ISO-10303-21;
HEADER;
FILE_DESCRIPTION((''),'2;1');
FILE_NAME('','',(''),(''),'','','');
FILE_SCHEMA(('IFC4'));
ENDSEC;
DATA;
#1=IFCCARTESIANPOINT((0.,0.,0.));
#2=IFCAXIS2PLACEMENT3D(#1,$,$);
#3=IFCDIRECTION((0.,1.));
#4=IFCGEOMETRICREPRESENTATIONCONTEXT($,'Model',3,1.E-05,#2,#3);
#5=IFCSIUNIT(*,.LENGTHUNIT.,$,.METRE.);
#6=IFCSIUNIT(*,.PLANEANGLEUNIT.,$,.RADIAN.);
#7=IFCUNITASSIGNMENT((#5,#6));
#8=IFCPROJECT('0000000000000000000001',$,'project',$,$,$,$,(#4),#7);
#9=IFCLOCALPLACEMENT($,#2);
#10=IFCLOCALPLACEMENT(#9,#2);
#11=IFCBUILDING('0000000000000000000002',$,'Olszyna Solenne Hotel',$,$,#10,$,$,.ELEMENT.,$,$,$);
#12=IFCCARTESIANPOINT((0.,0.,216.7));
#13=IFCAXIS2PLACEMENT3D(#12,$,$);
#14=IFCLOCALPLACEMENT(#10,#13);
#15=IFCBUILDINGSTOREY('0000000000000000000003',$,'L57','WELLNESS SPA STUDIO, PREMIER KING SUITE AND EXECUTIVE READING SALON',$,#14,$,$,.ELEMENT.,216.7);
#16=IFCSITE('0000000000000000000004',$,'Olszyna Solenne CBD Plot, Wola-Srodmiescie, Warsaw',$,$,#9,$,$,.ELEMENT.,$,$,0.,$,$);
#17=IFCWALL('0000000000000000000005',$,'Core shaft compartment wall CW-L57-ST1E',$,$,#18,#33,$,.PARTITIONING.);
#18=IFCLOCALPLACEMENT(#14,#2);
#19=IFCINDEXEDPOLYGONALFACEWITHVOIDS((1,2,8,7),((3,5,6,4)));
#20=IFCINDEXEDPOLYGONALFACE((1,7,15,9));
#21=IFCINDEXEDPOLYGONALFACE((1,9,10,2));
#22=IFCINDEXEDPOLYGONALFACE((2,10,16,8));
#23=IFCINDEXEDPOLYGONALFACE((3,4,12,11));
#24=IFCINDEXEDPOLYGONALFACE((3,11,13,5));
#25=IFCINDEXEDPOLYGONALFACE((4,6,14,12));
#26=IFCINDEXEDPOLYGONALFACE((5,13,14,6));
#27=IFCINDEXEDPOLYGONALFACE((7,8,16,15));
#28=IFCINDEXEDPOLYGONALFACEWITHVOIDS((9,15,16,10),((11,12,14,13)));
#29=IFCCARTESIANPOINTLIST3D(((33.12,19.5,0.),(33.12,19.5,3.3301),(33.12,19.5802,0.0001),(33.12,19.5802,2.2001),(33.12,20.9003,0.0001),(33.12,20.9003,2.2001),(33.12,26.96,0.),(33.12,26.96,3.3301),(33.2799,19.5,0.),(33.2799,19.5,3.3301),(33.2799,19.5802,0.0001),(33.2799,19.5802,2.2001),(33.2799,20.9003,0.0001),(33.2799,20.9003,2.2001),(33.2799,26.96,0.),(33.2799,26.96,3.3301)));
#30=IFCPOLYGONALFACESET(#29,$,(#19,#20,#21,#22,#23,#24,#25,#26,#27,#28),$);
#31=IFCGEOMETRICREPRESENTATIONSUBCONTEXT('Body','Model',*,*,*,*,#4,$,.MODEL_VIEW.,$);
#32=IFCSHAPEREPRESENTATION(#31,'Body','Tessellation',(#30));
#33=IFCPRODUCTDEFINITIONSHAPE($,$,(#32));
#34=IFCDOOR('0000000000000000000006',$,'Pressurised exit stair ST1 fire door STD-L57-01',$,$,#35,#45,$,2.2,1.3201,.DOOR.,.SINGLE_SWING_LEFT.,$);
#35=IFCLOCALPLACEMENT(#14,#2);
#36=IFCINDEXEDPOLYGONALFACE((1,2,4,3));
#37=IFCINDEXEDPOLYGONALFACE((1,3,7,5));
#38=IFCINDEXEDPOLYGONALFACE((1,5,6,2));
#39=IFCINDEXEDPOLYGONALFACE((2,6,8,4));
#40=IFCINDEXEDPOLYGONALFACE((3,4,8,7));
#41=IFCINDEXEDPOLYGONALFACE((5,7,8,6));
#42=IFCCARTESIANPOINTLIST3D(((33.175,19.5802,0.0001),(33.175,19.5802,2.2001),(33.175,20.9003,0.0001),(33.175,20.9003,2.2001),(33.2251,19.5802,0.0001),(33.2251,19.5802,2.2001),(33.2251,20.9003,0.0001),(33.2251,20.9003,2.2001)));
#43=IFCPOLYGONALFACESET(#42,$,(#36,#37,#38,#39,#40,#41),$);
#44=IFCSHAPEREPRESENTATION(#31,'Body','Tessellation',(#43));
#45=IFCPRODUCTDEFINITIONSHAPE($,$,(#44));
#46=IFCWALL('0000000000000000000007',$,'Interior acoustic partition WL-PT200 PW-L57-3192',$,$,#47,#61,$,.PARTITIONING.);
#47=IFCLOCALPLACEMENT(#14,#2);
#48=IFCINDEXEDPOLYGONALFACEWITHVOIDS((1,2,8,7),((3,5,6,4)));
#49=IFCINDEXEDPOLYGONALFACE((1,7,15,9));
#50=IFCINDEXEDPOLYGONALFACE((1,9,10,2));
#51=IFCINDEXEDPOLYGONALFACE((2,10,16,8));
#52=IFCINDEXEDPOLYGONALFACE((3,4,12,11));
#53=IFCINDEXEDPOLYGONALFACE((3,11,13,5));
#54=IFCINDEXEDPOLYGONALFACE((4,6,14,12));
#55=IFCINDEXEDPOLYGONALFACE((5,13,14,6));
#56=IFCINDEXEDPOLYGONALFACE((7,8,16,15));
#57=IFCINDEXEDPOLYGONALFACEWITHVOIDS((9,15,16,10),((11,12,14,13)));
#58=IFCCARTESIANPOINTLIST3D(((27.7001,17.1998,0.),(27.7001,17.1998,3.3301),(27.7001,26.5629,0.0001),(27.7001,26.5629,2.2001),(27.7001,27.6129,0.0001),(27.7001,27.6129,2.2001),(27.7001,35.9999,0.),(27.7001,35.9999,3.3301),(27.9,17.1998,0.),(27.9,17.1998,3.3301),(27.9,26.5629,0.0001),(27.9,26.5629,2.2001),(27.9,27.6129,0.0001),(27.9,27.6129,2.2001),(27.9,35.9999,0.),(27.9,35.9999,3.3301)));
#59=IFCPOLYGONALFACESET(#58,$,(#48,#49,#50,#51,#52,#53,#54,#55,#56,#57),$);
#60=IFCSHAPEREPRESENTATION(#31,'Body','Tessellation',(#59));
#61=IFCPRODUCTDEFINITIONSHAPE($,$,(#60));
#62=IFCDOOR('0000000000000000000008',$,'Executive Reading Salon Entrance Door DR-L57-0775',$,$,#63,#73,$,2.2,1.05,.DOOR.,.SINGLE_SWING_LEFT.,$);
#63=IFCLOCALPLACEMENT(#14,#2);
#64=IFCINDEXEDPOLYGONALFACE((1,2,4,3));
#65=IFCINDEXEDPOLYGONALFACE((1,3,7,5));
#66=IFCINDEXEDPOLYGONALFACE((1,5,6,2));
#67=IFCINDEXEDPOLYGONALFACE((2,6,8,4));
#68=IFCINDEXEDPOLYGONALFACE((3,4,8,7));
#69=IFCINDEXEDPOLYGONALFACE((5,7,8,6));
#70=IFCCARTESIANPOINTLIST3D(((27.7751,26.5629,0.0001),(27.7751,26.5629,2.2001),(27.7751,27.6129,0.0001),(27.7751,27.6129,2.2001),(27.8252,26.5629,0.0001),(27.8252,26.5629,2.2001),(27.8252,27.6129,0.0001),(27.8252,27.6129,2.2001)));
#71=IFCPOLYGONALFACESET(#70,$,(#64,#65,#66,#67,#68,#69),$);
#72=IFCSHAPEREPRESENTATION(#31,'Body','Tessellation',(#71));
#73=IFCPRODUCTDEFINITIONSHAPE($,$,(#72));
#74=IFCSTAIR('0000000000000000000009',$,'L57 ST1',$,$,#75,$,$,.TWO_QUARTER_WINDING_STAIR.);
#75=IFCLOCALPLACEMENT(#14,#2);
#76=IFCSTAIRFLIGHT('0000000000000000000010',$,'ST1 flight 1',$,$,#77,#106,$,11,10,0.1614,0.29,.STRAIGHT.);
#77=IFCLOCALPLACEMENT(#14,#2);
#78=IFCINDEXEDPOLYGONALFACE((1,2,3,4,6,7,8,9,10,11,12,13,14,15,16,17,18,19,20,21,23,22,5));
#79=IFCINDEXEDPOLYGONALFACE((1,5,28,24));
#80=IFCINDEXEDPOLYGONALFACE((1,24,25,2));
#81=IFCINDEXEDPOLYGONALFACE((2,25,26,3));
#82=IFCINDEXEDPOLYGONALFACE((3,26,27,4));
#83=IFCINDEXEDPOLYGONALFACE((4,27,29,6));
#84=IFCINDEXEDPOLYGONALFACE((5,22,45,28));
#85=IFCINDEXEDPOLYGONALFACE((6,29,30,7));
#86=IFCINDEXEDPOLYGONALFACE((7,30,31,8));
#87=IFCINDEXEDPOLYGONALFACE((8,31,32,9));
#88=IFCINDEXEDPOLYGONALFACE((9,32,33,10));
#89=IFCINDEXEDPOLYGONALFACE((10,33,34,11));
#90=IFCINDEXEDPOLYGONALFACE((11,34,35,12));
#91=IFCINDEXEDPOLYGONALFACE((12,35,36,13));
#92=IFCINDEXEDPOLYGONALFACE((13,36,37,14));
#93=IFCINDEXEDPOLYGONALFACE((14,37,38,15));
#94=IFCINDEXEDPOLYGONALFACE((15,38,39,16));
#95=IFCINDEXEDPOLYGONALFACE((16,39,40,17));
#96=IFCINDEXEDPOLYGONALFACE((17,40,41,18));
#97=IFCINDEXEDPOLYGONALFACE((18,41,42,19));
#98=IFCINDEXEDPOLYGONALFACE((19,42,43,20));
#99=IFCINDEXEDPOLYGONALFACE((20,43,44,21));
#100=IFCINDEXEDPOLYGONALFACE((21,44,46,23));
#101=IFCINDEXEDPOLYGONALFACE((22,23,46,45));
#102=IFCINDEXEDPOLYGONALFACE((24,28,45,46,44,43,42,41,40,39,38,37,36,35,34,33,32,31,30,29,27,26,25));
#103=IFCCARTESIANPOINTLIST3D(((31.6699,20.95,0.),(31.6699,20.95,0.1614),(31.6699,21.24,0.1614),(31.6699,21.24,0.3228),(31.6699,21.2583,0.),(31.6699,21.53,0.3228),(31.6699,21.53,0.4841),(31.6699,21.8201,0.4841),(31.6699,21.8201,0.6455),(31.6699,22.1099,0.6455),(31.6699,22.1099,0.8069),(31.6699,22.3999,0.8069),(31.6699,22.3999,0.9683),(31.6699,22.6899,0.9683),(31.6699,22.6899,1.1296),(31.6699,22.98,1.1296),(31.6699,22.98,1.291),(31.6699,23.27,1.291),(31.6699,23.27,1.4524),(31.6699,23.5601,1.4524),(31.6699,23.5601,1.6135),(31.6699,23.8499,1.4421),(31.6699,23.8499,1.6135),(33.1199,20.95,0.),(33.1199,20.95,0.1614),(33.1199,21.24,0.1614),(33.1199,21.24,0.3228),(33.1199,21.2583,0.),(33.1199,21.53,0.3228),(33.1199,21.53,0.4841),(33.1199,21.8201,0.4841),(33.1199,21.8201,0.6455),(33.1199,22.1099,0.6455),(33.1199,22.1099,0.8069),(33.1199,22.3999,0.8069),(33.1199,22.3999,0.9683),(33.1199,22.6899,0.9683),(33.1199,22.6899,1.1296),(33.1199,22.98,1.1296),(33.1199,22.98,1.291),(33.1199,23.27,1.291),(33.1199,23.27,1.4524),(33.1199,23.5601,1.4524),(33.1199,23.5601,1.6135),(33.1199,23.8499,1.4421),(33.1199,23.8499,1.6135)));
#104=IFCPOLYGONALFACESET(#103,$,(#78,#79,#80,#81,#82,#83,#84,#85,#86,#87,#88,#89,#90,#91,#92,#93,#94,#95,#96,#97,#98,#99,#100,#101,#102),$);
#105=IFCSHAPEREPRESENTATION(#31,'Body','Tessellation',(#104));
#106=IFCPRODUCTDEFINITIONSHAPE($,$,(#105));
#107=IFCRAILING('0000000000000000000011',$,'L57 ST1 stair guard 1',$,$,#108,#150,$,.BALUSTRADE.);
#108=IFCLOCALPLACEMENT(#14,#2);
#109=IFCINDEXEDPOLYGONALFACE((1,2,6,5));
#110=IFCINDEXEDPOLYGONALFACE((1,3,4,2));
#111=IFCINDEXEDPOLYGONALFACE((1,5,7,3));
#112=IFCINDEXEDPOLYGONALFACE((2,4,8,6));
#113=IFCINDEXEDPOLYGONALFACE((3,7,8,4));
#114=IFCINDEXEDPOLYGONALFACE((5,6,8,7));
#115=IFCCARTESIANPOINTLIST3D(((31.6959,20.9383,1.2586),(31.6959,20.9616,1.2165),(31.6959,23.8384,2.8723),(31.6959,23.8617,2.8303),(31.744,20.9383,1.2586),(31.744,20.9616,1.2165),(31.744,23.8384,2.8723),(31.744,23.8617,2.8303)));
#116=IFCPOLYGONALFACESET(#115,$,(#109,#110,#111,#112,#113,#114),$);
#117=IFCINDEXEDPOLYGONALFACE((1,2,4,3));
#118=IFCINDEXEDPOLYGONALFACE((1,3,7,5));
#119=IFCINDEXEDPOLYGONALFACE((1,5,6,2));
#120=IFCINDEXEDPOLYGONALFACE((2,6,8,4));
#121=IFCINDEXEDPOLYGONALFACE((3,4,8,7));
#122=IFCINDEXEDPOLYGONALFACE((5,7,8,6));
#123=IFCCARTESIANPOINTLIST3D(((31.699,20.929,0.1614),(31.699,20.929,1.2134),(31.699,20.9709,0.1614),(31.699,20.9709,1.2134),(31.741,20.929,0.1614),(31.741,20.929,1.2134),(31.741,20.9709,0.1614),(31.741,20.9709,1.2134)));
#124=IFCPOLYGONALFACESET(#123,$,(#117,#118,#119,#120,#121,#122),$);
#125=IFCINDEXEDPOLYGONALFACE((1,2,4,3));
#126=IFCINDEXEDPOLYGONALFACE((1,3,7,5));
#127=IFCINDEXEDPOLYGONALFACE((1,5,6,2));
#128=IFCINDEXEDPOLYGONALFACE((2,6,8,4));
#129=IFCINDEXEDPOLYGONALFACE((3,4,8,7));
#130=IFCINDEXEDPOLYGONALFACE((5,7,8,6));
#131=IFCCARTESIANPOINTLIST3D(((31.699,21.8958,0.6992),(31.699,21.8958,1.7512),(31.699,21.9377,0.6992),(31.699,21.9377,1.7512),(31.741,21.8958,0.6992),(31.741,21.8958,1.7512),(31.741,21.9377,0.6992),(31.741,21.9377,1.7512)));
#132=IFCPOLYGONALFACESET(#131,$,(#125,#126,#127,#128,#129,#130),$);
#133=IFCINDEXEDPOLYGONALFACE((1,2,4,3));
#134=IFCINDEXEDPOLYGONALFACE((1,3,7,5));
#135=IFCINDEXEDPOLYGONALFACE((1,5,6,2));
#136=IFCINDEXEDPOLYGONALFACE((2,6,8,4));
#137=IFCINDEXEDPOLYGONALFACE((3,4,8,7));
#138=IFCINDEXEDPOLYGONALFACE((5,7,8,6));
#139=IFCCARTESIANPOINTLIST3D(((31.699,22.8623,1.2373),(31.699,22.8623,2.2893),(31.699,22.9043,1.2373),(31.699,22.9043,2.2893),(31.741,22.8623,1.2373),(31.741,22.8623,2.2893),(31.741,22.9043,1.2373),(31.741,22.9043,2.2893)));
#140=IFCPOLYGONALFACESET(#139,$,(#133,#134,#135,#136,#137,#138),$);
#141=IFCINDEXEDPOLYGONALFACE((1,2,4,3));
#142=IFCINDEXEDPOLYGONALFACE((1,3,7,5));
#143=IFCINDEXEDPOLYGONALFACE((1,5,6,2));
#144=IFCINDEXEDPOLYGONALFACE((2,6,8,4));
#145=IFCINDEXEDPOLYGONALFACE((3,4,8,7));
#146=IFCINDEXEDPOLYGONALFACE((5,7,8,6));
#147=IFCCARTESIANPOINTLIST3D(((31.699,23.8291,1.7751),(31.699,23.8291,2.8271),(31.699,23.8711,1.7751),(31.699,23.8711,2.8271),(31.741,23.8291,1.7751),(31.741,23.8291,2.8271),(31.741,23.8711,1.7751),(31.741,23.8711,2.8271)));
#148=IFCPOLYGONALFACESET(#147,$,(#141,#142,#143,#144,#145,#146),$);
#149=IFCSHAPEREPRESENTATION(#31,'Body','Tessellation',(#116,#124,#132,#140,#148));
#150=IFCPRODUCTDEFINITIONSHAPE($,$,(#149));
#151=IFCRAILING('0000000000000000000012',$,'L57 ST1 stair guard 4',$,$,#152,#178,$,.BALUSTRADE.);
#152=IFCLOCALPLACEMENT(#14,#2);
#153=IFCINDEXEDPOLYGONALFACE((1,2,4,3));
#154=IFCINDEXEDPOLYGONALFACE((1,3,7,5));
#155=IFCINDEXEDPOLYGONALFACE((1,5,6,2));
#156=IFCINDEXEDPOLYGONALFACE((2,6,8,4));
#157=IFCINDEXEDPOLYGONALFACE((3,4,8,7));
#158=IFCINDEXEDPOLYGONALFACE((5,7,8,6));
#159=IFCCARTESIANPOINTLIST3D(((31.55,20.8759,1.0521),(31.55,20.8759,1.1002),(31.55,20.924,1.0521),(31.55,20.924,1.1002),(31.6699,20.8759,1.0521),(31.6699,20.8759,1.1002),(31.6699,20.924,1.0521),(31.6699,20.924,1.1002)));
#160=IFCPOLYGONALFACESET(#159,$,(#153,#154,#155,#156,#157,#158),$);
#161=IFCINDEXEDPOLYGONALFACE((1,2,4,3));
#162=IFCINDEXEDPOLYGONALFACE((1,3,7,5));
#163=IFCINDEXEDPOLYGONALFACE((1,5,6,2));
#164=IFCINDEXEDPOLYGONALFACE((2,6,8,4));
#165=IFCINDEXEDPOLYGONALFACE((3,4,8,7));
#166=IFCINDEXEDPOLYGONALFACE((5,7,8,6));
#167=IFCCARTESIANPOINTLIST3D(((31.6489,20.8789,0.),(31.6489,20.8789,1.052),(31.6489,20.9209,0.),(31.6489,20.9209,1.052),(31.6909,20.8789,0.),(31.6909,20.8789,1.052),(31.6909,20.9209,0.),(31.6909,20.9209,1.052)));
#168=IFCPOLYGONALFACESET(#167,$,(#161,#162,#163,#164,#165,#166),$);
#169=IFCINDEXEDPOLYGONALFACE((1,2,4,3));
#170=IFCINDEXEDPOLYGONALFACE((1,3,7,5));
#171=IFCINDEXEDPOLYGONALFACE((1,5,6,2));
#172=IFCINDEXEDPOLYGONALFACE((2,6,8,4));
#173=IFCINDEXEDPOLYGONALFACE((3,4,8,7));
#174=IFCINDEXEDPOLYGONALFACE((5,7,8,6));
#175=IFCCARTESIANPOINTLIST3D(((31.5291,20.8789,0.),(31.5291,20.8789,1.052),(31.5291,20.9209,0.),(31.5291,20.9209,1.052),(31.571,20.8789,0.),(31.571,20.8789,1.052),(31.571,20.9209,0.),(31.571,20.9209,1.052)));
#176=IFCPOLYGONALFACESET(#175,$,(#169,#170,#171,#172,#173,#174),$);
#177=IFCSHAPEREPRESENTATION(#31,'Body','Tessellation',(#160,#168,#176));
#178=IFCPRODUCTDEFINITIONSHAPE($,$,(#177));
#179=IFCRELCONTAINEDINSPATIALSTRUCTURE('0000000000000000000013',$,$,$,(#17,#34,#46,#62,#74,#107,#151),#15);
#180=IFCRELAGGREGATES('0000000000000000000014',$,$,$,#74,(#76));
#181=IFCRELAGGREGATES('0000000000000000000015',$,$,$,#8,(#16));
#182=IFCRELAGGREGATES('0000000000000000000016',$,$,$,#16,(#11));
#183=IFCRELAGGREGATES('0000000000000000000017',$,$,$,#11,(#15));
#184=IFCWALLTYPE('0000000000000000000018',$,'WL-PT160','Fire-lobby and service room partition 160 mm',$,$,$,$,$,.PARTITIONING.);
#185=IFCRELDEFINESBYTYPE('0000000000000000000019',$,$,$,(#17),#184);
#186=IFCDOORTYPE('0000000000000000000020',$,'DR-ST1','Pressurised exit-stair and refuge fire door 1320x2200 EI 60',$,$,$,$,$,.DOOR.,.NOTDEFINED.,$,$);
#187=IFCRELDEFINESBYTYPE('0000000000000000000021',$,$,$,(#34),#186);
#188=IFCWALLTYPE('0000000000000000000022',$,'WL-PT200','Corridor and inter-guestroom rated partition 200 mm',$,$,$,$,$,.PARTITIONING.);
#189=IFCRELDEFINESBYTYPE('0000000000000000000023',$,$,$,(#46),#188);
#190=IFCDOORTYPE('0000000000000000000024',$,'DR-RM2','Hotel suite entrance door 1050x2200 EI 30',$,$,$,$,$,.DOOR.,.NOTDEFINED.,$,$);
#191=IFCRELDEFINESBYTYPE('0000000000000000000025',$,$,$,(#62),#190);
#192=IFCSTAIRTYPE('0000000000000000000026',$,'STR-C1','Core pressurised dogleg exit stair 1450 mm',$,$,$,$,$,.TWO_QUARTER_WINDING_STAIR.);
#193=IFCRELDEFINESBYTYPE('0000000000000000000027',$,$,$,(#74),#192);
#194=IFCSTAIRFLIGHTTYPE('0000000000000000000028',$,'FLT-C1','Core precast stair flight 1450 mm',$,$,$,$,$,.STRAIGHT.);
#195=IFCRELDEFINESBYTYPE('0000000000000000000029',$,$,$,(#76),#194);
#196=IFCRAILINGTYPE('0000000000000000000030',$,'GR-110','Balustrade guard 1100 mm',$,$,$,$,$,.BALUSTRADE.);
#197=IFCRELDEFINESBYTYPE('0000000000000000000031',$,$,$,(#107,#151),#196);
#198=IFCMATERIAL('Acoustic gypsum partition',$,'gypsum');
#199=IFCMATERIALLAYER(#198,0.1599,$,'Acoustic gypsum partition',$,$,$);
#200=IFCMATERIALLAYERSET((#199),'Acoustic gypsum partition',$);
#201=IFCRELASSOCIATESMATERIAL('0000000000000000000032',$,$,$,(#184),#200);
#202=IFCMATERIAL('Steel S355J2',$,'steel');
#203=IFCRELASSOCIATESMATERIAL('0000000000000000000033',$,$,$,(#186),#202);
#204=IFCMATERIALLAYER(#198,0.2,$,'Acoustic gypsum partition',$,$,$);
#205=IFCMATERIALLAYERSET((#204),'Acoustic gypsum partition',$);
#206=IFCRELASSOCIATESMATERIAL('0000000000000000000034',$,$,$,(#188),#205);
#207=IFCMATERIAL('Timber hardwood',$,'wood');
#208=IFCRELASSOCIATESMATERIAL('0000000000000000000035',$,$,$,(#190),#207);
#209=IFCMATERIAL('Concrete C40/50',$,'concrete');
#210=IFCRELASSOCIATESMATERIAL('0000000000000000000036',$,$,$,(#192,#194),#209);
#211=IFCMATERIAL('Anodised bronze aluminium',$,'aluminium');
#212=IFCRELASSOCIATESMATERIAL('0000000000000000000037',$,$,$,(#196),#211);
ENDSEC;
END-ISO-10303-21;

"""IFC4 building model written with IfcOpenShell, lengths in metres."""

from ifc_helpers import new_model, si_unit, direction, frame, frame_2d, origin, origin_2d, place, context, subcontext, project, spatial, polyline, rectangle, outline, extrude, source, transform, mapped, material, layer, layer_set, type_object, type_shapes, element, fill, aggregate, save


model = new_model("IFC4")

# Units and contexts
model_context = context("Model", 3, precision=1e-05, world=origin(), true_north=direction((0.0, 1.0)))
body_context = subcontext(model_context, "Body", "Model", "MODEL_VIEW")
ifc_project = project(units=[si_unit("LENGTHUNIT", "METRE"), si_unit("PLANEANGLEUNIT", "RADIAN")], contexts=[model_context])

# Site, building, storey
site_placement = place(None, origin())
site = spatial("IfcSite", under=ifc_project, at=site_placement, Name="Olszyna Solenne CBD Plot, Wola-Srodmiescie, Warsaw", CompositionType="ELEMENT", RefElevation=0.0)
building_placement = place(site_placement, origin())
building = spatial("IfcBuilding", under=site, at=building_placement, Name="Olszyna Solenne Hotel", CompositionType="ELEMENT")
storey_placement = place(building_placement, frame((0.0, 0.0, 216.7)))
storey = spatial("IfcBuildingStorey", under=building, at=storey_placement, Name="L57", Description="WELLNESS SPA STUDIO, PREMIER KING SUITE AND EXECUTIVE READING SALON", CompositionType="ELEMENT", Elevation=216.7)

# Shared definitions
ifc_material_1 = material(Name="Steel S355J2", Category="steel")

# Shared definitions
ifc_material_2 = material(Name="Anodised bronze aluminium", Category="aluminium")

# Shared definitions
ifc_material_3 = material(Name="Timber hardwood", Category="wood")

# Shared definitions
ifc_material_4 = material(Name="Acoustic gypsum partition", Category="gypsum")

# Walls, openings, doors
ifc_layer_1 = layer(ifc_material_4, 0.1599, Name="Acoustic gypsum partition")
ifc_layer_set_1 = layer_set([ifc_layer_1], Name="Acoustic gypsum partition")
wall_type_1 = type_object("IfcWallType", Name="WL-PT160", Description="Fire-lobby and service room partition 160 mm", PredefinedType="PARTITIONING", material=ifc_layer_set_1)
wall_1_placement = place(storey_placement, frame((33.2, 19.5, 0.0), z_axis=(0.0, 0.0, 1.0), x_axis=(0.0, 1.0, 0.0)))
wall_1 = element("IfcWall", 1, at=wall_1_placement, inside=storey, type_object=wall_type_1, Name="Core shaft compartment wall CW-L57-ST1E", PredefinedType="PARTITIONING", context=body_context, shape_type="SweptSolid", body=[
    extrude(rectangle(XDim=7.46, YDim=0.1599, at=frame_2d((3.73, 0.0))), origin(), (0.0, 0.0, 1.0), 3.3301),
])
opening_1_placement = place(wall_1_placement, frame((0.0801, 0.0, 0.0)))
opening_1 = element("IfcOpeningElement", 2, at=opening_1_placement, cuts=wall_1, PredefinedType="OPENING", context=body_context, shape_type="SweptSolid", body=[
    extrude(rectangle(XDim=1.3201, YDim=2.2, at=frame_2d((0.6602, 1.1001))), frame((0.0, 0.0898, 0.0), z_axis=(0.0, -1.0, 0.0), x_axis=(1.0, 0.0, 0.0)), (0.0, 0.0, 1.0), 0.1799),
])
door_type_1 = type_object("IfcDoorType", Name="DR-ST1", Description="Pressurised exit-stair and refuge fire door 1320x2200 EI 60", OperationType="NOTDEFINED", PredefinedType="DOOR", material=ifc_material_1)
shared_shape_1 = source(origin(), body_context, "Body", "SweptSolid", [
    extrude(rectangle(XDim=1.3201, YDim=2.2, at=frame_2d((0.6602, 1.1001))), frame((0.0, 0.0249, 0.0), z_axis=(0.0, -1.0, 0.0), x_axis=(1.0, 0.0, 0.0)), (0.0, 0.0, 1.0), 0.05),
])
type_shapes(door_type_1, [shared_shape_1])
door_1_placement = place(opening_1_placement, origin())
door_1 = element("IfcDoor", 3, at=door_1_placement, inside=storey, type_object=door_type_1, Name="Pressurised exit stair ST1 fire door STD-L57-01", OperationType="SINGLE_SWING_LEFT", OverallHeight=2.2, OverallWidth=1.3201, PredefinedType="DOOR", context=body_context, shape_type="MappedRepresentation", body=[
    mapped(shared_shape_1, transform((0.0, 0.0, 0.0), x_axis=(1.0, 0.0, 0.0), y_axis=(0.0, 1.0, 0.0), z_axis=(0.0, 0.0, 1.0), scale=1.0)),
])
fill(opening_1, door_1)
ifc_layer_2 = layer(ifc_material_4, 0.2, Name="Acoustic gypsum partition")
ifc_layer_set_2 = layer_set([ifc_layer_2], Name="Acoustic gypsum partition")
wall_type_2 = type_object("IfcWallType", Name="WL-PT200", Description="Corridor and inter-guestroom rated partition 200 mm", PredefinedType="PARTITIONING", material=ifc_layer_set_2)
wall_2_placement = place(storey_placement, frame((27.8, 17.2, 0.0), z_axis=(0.0, 0.0, 1.0), x_axis=(0.0, 1.0, 0.0)))
wall_2 = element("IfcWall", 4, at=wall_2_placement, inside=storey, type_object=wall_type_2, Name="Interior acoustic partition WL-PT200 PW-L57-3192", PredefinedType="PARTITIONING", context=body_context, shape_type="SweptSolid", body=[
    extrude(rectangle(XDim=18.8, YDim=0.2, at=frame_2d((9.3999, 0.0))), origin(), (0.0, 0.0, 1.0), 3.3301),
])
opening_2_placement = place(wall_2_placement, frame((9.363, 0.0, 0.0)))
opening_2 = element("IfcOpeningElement", 5, at=opening_2_placement, cuts=wall_2, PredefinedType="OPENING", context=body_context, shape_type="SweptSolid", body=[
    extrude(rectangle(XDim=1.05, YDim=2.2, at=frame_2d((0.5249, 1.1001))), frame((0.0, 0.1099, 0.0), z_axis=(0.0, -1.0, 0.0), x_axis=(1.0, 0.0, 0.0)), (0.0, 0.0, 1.0), 0.22),
])
door_type_2 = type_object("IfcDoorType", Name="DR-RM2", Description="Hotel suite entrance door 1050x2200 EI 30", OperationType="NOTDEFINED", PredefinedType="DOOR", material=ifc_material_3)
shared_shape_2 = source(origin(), body_context, "Body", "SweptSolid", [
    extrude(rectangle(XDim=1.05, YDim=2.2, at=frame_2d((0.5249, 1.1001))), frame((0.0, 0.0249, 0.0), z_axis=(0.0, -1.0, 0.0), x_axis=(1.0, 0.0, 0.0)), (0.0, 0.0, 1.0), 0.05),
])
type_shapes(door_type_2, [shared_shape_2])
door_2_placement = place(opening_2_placement, origin())
door_2 = element("IfcDoor", 6, at=door_2_placement, inside=storey, type_object=door_type_2, Name="Executive Reading Salon Entrance Door DR-L57-0775", OperationType="SINGLE_SWING_LEFT", OverallHeight=2.2, OverallWidth=1.05, PredefinedType="DOOR", context=body_context, shape_type="MappedRepresentation", body=[
    mapped(shared_shape_2, transform((0.0, 0.0, 0.0), x_axis=(1.0, 0.0, 0.0), y_axis=(0.0, 1.0, 0.0), z_axis=(0.0, 0.0, 1.0), scale=1.0)),
])
fill(opening_2, door_2)

# Stair, stair flight
ifc_material_5 = material(Name="Concrete C40/50", Category="concrete")
stair_type = type_object("IfcStairType", Name="STR-C1", Description="Core pressurised dogleg exit stair 1450 mm", PredefinedType="TWO_QUARTER_WINDING_STAIR", material=ifc_material_5)
stair_placement = place(storey_placement, origin())
stair = element("IfcStair", 7, at=stair_placement, inside=storey, type_object=stair_type, Name="L57 ST1", PredefinedType="TWO_QUARTER_WINDING_STAIR")
stair_flight_type = type_object("IfcStairFlightType", Name="FLT-C1", Description="Core precast stair flight 1450 mm", PredefinedType="STRAIGHT", material=ifc_material_5)
stair_flight_placement = place(storey_placement, frame((32.395, 20.95, 0.0), z_axis=(0.0, 0.0, 1.0), x_axis=(0.0, 1.0, 0.0)))
stair_flight = element("IfcStairFlight", 8, at=stair_flight_placement, type_object=stair_flight_type, Name="ST1 flight 1", NumberOfRisers=11, NumberOfTreads=10, PredefinedType="STRAIGHT", RiserHeight=0.1614, TreadLength=0.29, context=body_context, shape_type="SweptSolid", body=[
    extrude(outline(polyline([(0.0, 0.0), (0.0, 0.1614), (0.29, 0.1614), (0.29, 0.3228), (0.5801, 0.3228), (0.5801, 0.4841), (0.8701, 0.4841), (0.8701, 0.6455), (1.1599, 0.6455), (1.1599, 0.8069), (1.45, 0.8069), (1.45, 0.9683), (1.74, 0.9683), (1.74, 1.1296), (2.03, 1.1296), (2.03, 1.291), (2.3201, 1.291), (2.3201, 1.4524), (2.6101, 1.4524), (2.6101, 1.6135), (2.8999, 1.6135), (2.8999, 1.7749), (2.8999, 1.4421), (0.3083, 0.0), (0.0, 0.0)])), frame((0.0, 0.7251, 0.0), z_axis=(0.0, -1.0, 0.0), x_axis=(1.0, 0.0, 0.0)), (0.0, 0.0, 1.0), 1.45),
])
aggregate(stair, [stair_flight])

# Railings
railing_type_1 = type_object("IfcRailingType", Name="GR-110", Description="Balustrade guard 1100 mm", PredefinedType="BALUSTRADE", material=ifc_material_2)
railing_1_placement = place(storey_placement, frame((31.72, 20.95, 0.1614)))
element("IfcRailing", 9, at=railing_1_placement, inside=storey, type_object=railing_type_1, Name="L57 ST1 stair guard 1", PredefinedType="BALUSTRADE", context=body_context, shape_type="SweptSolid", body=[
    extrude(rectangle(XDim=0.0481, YDim=0.0481, at=origin_2d()), frame((0.0, 0.0, 1.0762), z_axis=(0.0, 0.873827, 0.486236), x_axis=(-1.0, 0.0, 0.0)), (0.0, 0.0, 1.0), 3.3188),
    extrude(rectangle(XDim=0.042, YDim=0.042, at=origin_2d()), origin(), (0.0, 0.0, 1.0), 1.052),
    extrude(rectangle(XDim=0.042, YDim=0.042, at=origin_2d()), frame((0.0, 0.9668, 0.5378)), (0.0, 0.0, 1.0), 1.052),
    extrude(rectangle(XDim=0.042, YDim=0.042, at=origin_2d()), frame((0.0, 1.9333, 1.0759)), (0.0, 0.0, 1.0), 1.052),
    extrude(rectangle(XDim=0.042, YDim=0.042, at=origin_2d()), frame((0.0, 2.9001, 1.6138)), (0.0, 0.0, 1.0), 1.052),
])
railing_2_placement = place(storey_placement, frame((31.6699, 20.8999, 0.0)))
element("IfcRailing", 10, at=railing_2_placement, inside=storey, type_object=railing_type_1, Name="L57 ST1 stair guard 4", PredefinedType="BALUSTRADE", context=body_context, shape_type="SweptSolid", body=[
    extrude(rectangle(XDim=0.0481, YDim=0.0481, at=origin_2d()), frame((0.0, 0.0, 1.0762), z_axis=(-1.0, 0.0, 0.0), x_axis=(0.0, -1.0, 0.0)), (0.0, 0.0, 1.0), 0.1199),
    extrude(rectangle(XDim=0.042, YDim=0.042, at=origin_2d()), origin(), (0.0, 0.0, 1.0), 1.052),
    extrude(rectangle(XDim=0.042, YDim=0.042, at=origin_2d()), frame((-0.1199, 0.0, 0.0)), (0.0, 0.0, 1.0), 1.052),
])

save(model, "model.ifc")
